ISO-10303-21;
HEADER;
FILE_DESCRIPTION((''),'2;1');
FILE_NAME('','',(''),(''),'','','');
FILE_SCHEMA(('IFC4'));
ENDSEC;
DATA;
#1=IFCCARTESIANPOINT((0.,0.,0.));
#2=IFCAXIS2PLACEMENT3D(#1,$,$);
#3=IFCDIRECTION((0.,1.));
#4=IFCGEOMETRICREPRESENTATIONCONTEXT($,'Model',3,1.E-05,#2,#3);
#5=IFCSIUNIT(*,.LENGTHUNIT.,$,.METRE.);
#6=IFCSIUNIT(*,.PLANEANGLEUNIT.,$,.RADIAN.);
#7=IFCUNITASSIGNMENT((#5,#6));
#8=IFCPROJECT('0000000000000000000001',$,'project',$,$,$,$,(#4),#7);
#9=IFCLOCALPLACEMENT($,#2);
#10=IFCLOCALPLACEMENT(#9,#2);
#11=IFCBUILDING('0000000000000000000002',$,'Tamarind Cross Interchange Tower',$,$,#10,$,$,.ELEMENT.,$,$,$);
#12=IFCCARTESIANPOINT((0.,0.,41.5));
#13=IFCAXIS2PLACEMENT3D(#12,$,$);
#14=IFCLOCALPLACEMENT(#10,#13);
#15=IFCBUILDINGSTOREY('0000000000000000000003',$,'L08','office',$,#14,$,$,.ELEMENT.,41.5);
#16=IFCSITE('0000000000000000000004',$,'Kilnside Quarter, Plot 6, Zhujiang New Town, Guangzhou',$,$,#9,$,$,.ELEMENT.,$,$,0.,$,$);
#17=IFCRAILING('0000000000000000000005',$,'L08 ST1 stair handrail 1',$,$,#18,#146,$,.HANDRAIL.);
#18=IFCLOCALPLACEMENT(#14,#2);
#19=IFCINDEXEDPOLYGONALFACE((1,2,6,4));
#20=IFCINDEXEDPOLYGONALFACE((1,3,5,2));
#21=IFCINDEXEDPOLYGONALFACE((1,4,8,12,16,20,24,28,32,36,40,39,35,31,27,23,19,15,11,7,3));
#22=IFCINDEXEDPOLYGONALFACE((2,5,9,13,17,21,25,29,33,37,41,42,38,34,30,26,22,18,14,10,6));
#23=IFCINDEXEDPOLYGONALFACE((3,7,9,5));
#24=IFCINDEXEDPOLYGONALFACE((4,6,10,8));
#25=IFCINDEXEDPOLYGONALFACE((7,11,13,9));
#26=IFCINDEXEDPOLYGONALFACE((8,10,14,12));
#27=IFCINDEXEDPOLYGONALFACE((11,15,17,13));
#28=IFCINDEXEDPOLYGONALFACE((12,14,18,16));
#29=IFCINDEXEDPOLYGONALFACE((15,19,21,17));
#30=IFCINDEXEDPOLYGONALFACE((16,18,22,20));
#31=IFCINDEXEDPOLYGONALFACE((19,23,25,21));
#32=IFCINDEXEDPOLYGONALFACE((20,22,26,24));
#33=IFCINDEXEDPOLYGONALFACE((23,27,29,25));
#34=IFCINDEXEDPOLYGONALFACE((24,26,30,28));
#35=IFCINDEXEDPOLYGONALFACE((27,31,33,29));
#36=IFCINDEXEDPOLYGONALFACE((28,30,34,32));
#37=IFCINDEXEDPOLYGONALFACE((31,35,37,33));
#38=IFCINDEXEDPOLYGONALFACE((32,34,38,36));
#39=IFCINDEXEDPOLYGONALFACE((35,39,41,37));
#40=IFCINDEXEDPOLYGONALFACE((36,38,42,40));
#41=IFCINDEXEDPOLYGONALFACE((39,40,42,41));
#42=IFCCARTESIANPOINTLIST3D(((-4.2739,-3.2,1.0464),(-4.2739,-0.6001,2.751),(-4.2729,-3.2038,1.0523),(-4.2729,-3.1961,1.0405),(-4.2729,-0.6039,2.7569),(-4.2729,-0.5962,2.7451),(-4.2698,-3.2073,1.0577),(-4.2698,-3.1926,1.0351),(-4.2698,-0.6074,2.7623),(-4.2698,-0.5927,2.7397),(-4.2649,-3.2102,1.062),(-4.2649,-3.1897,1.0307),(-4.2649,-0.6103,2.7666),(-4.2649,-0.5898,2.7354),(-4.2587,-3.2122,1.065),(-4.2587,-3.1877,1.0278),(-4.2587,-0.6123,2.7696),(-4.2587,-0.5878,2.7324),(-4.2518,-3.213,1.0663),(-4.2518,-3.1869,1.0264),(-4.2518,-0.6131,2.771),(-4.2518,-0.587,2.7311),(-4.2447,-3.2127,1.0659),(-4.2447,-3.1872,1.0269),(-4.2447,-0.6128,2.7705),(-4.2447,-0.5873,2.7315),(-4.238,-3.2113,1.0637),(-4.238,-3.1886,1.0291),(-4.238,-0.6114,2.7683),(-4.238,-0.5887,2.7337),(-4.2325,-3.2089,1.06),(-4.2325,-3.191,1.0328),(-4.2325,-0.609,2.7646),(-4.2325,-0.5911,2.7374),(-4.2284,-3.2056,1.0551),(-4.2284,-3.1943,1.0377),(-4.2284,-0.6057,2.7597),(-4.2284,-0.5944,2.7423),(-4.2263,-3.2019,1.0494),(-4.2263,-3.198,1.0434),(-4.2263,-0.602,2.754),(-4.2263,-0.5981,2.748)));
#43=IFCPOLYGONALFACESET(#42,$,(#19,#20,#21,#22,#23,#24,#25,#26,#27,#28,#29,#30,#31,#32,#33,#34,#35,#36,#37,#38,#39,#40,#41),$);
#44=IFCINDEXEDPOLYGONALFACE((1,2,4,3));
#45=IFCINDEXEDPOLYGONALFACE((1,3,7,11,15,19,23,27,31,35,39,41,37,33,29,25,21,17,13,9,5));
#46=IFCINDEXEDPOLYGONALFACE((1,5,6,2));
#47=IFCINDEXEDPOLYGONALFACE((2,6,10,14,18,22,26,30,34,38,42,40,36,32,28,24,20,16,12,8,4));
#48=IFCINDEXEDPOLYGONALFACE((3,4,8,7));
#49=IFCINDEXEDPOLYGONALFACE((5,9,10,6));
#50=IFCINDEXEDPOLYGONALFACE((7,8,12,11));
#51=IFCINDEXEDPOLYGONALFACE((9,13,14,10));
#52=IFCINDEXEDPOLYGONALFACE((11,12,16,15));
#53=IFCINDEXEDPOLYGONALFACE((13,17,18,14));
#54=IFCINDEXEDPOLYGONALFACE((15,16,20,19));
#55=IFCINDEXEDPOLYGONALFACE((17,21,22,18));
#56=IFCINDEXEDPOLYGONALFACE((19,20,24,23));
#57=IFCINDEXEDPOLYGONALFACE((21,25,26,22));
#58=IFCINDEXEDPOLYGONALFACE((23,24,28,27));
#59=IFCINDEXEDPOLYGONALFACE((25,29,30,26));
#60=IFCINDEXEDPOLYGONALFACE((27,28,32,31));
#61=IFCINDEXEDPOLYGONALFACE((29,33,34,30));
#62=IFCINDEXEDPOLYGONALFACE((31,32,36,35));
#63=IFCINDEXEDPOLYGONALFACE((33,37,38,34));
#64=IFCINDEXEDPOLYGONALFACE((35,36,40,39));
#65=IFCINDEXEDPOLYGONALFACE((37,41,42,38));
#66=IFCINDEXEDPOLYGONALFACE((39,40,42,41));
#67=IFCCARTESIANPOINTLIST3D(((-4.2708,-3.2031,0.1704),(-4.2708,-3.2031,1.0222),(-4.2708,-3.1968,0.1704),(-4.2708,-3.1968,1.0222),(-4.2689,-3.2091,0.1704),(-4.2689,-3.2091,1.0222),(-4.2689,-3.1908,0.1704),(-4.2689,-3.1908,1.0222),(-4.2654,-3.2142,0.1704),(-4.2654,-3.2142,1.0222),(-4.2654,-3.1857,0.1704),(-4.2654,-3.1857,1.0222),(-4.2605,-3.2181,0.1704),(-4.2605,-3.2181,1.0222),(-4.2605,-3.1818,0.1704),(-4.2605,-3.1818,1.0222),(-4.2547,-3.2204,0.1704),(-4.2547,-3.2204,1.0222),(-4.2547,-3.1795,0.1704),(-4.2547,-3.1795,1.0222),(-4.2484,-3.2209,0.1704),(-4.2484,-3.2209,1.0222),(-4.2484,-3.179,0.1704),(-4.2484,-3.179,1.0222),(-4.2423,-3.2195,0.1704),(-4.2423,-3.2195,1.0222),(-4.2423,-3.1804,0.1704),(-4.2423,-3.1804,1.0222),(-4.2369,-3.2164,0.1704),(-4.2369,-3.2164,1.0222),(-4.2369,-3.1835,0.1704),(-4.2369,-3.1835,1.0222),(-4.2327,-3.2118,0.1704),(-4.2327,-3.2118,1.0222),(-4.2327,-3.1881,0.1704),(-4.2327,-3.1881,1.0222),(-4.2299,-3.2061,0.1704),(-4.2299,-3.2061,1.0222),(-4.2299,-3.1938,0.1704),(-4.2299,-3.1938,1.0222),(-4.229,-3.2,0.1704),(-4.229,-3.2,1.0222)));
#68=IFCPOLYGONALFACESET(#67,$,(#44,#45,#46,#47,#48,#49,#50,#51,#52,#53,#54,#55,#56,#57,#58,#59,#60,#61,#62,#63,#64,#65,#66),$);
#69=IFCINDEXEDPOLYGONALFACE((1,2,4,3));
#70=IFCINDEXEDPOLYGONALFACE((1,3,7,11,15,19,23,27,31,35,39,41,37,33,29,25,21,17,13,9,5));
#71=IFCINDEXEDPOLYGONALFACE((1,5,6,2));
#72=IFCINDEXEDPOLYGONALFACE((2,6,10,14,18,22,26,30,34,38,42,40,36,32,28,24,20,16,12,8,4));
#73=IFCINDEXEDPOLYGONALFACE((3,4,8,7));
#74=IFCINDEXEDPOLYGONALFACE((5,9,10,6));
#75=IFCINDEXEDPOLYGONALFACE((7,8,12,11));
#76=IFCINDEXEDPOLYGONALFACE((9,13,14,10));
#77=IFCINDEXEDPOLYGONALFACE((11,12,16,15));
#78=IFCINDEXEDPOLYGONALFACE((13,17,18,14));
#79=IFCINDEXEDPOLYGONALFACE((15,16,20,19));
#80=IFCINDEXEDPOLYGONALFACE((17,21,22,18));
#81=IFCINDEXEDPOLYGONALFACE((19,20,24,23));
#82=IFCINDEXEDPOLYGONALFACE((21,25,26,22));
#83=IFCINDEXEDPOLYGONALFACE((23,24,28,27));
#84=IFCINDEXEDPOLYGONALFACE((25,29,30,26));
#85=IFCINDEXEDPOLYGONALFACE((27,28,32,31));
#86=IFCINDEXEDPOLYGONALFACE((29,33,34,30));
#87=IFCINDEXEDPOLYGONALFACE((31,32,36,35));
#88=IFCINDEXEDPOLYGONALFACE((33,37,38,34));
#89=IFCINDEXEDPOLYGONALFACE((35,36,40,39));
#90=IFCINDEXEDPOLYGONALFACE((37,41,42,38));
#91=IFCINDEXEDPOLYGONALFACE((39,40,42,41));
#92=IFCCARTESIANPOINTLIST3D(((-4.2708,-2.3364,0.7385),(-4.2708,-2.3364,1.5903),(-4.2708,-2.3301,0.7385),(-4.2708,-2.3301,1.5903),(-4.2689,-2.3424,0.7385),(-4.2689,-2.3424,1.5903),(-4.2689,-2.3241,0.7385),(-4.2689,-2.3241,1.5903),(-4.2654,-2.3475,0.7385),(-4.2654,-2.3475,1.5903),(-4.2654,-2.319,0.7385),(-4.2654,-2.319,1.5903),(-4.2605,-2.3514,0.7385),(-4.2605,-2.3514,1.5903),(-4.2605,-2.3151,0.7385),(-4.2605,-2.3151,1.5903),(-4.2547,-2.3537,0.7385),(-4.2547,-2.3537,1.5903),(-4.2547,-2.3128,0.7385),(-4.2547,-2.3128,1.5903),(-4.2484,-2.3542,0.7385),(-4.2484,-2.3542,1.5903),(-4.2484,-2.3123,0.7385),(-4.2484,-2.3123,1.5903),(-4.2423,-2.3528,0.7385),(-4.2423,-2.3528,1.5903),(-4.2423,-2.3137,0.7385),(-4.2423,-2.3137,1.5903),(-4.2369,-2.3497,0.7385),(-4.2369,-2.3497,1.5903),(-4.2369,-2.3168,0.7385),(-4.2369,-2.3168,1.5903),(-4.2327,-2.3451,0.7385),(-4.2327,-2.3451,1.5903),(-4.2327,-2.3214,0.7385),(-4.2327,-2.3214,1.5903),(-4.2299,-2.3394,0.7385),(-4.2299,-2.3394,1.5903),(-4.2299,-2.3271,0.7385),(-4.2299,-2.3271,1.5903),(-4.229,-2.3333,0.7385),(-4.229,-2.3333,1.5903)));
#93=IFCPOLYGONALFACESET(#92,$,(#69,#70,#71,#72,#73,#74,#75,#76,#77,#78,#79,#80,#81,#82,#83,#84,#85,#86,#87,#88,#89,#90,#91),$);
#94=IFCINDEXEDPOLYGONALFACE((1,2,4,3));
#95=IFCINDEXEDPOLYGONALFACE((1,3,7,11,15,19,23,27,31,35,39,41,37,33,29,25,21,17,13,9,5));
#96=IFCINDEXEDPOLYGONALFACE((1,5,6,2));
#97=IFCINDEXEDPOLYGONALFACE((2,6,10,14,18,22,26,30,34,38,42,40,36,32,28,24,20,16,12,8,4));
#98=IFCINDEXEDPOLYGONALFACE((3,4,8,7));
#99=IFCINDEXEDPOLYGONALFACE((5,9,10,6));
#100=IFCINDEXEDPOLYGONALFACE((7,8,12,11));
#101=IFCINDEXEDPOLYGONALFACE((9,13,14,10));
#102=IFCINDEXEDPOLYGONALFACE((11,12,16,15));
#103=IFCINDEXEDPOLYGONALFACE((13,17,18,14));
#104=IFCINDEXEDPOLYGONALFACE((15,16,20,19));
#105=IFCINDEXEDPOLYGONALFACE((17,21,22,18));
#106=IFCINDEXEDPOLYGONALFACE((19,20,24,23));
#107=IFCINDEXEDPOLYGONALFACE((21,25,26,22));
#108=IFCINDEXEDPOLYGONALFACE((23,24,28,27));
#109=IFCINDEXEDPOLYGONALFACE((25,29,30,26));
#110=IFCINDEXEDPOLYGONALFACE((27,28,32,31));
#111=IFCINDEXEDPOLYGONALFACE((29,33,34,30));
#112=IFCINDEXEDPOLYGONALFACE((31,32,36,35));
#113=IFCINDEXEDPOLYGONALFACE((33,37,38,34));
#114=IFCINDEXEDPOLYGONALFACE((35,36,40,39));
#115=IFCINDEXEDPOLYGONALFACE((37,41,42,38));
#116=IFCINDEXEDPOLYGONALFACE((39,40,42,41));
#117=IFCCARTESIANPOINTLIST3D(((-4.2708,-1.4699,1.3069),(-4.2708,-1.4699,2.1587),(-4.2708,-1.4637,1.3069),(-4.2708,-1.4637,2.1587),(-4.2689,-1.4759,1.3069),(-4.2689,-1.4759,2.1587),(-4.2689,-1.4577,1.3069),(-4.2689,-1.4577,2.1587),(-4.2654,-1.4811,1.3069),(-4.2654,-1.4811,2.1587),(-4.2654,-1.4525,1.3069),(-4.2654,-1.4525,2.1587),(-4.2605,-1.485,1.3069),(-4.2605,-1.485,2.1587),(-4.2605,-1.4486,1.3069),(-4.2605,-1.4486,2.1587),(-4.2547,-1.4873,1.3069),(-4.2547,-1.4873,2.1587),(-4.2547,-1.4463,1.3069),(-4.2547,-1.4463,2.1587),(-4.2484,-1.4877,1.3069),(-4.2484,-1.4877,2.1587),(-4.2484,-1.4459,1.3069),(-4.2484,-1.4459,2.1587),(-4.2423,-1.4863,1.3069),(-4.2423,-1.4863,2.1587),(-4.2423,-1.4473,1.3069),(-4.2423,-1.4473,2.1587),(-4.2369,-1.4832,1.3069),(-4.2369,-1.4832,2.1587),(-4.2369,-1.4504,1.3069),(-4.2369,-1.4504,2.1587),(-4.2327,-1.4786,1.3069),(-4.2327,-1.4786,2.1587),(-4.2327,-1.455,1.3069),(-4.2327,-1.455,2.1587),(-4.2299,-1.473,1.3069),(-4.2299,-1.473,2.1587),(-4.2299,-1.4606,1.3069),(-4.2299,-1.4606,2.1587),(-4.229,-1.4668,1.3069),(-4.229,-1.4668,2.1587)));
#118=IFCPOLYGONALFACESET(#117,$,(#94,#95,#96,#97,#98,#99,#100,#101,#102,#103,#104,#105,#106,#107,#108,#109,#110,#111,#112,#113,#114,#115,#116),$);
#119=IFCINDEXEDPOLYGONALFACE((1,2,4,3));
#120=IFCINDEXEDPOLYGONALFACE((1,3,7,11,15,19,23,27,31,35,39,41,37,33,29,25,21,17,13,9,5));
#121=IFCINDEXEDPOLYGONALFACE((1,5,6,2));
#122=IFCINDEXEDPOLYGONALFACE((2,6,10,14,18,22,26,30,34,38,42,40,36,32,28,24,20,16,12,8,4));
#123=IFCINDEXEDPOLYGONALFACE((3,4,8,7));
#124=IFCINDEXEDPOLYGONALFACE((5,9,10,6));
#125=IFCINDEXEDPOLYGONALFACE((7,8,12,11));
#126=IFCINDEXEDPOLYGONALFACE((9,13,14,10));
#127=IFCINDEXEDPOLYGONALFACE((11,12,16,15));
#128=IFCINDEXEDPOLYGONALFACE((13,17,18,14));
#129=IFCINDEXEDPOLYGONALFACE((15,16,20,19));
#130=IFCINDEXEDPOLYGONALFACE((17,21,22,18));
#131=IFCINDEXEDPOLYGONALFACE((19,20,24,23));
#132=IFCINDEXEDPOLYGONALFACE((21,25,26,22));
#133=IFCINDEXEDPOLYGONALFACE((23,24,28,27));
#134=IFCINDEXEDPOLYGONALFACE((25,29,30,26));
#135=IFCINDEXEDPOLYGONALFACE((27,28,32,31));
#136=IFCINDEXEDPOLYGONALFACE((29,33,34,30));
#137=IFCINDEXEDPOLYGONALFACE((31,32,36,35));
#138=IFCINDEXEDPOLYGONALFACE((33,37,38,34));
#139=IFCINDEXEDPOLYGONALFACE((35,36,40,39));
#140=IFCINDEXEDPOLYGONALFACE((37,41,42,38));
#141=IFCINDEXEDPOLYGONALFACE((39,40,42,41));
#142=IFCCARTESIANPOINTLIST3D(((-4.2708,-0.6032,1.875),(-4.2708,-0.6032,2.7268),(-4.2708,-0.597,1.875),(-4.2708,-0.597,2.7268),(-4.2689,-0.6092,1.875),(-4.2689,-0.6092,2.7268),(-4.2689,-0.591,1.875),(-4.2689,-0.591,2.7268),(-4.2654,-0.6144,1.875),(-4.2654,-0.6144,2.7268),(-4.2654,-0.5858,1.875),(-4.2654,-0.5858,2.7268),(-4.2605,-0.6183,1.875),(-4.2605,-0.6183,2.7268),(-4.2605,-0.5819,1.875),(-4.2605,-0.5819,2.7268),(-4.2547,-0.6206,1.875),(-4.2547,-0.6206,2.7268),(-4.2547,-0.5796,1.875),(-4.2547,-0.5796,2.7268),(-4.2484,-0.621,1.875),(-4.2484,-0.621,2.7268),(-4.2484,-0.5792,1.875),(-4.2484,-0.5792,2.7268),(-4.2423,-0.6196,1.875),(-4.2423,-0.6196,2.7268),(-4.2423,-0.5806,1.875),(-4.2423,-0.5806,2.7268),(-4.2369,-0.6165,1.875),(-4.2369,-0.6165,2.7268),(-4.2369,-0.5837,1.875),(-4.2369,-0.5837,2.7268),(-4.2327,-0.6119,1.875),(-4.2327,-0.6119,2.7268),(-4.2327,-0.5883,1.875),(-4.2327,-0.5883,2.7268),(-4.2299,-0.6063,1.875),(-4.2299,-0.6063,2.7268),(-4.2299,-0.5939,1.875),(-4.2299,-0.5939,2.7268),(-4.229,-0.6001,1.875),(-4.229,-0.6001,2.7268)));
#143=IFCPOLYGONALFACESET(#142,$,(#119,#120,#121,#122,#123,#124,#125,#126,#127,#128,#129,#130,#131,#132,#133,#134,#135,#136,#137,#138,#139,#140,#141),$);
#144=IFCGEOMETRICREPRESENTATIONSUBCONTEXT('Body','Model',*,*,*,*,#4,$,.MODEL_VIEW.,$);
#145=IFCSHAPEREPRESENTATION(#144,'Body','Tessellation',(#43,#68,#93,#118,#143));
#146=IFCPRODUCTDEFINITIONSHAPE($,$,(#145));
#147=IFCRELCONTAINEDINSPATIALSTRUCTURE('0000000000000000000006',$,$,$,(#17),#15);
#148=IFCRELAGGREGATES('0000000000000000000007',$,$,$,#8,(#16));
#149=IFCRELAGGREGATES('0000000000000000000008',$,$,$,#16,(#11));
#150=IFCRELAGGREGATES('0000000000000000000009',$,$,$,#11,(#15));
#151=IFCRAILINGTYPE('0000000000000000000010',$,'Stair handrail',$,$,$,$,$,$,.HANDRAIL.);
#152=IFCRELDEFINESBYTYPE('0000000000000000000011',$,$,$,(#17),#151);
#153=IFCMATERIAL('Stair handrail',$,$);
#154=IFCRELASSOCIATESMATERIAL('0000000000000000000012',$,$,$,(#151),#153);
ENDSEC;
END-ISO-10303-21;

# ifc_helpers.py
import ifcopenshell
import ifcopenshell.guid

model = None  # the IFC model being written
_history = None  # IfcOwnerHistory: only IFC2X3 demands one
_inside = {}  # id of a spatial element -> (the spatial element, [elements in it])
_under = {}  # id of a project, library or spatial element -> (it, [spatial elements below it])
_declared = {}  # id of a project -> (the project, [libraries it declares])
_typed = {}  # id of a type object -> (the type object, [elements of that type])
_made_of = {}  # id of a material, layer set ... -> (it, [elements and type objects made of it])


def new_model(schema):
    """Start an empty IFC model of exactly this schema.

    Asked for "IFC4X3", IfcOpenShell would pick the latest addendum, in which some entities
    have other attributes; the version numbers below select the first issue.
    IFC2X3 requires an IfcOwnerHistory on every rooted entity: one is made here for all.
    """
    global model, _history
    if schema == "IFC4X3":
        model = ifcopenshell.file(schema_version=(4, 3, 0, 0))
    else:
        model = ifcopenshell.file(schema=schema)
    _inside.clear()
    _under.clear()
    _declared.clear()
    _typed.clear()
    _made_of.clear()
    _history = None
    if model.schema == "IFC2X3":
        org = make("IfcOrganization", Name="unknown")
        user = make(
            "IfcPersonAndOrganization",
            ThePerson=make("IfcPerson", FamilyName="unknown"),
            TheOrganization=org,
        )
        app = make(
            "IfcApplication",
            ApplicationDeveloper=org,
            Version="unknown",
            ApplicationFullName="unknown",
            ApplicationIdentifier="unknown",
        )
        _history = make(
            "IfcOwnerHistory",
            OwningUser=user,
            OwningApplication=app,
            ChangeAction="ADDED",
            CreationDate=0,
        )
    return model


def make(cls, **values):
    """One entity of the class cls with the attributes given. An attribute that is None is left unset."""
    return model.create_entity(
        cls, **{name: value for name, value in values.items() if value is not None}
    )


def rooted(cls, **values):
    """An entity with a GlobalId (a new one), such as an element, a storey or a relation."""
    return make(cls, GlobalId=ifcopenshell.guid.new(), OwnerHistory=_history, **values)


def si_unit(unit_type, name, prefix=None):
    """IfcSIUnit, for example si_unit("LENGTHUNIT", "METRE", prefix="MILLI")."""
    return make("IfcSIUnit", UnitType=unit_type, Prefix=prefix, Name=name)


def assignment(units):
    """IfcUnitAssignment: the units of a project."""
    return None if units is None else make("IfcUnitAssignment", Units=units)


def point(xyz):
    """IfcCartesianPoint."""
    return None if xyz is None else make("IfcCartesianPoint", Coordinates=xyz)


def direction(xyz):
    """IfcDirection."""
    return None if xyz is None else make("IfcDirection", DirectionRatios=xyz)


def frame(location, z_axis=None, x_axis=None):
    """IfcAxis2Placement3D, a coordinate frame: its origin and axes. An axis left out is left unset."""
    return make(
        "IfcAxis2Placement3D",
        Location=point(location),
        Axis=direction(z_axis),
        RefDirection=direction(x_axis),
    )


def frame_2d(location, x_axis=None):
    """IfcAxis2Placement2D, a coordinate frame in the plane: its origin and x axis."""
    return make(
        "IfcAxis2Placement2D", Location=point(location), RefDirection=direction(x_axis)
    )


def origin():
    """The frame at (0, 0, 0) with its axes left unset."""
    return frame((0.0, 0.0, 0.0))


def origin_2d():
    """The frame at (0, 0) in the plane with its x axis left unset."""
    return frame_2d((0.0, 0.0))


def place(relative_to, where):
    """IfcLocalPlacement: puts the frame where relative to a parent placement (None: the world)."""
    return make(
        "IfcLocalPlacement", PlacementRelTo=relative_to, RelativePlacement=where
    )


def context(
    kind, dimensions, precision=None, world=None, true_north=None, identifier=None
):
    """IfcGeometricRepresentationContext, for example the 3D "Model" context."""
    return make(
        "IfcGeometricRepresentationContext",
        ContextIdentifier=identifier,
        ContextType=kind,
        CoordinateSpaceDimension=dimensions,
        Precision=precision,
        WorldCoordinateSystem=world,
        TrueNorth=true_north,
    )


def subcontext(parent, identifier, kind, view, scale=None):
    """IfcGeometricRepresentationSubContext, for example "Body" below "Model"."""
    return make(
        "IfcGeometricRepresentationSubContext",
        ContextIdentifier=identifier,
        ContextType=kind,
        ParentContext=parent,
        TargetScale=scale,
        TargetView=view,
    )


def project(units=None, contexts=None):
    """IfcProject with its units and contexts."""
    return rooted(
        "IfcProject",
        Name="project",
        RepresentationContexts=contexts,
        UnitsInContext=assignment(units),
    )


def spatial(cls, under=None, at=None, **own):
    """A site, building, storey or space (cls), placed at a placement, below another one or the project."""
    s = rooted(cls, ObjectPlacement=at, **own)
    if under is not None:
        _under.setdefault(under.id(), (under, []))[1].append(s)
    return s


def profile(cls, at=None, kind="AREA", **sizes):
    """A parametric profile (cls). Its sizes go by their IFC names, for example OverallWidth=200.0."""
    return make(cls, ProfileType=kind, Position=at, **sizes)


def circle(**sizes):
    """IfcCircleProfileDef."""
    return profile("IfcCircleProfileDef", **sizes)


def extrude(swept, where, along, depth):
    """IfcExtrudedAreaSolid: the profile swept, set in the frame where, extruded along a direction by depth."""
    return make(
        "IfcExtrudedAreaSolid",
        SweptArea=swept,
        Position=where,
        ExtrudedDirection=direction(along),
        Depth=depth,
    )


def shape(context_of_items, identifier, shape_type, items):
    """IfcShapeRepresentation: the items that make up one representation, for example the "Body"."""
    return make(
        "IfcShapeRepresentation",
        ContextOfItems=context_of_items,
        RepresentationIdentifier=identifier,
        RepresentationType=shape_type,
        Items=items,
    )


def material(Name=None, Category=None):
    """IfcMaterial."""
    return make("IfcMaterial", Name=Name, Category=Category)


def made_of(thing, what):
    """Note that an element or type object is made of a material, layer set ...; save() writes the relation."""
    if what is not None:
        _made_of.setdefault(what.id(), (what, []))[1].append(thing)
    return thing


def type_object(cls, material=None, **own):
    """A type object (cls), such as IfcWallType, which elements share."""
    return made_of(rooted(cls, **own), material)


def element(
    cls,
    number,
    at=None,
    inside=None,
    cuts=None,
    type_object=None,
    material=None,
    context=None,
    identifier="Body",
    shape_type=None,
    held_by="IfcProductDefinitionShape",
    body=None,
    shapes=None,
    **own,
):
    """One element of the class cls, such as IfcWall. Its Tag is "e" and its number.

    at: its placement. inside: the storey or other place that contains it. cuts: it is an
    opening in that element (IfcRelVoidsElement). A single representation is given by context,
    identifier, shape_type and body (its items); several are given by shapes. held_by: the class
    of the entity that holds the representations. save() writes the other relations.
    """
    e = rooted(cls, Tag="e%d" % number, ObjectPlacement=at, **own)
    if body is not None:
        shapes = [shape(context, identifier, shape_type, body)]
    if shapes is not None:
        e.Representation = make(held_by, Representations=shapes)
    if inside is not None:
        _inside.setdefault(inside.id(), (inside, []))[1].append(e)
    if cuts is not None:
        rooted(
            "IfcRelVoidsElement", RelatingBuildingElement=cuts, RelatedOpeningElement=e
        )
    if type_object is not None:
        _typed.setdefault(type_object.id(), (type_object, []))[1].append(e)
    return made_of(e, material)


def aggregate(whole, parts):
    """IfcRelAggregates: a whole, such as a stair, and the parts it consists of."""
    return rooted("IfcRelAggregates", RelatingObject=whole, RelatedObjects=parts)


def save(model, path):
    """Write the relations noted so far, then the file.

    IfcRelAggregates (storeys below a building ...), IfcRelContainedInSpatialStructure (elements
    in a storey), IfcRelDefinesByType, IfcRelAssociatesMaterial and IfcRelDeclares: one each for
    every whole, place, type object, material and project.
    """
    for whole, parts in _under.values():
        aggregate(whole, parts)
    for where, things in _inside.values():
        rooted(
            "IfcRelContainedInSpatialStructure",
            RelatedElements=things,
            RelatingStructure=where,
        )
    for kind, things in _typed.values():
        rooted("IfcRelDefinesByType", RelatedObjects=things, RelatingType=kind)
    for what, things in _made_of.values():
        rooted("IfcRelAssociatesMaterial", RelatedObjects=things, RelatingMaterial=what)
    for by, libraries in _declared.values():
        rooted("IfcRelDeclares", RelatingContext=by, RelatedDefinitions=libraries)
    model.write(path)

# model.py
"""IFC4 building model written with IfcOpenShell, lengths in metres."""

from ifc_helpers import new_model, si_unit, direction, frame, origin, origin_2d, place, context, subcontext, project, spatial, circle, extrude, material, type_object, element, save


model = new_model("IFC4")

# Units and contexts
model_context = context("Model", 3, precision=1e-05, world=origin(), true_north=direction((0.0, 1.0)))
body_context = subcontext(model_context, "Body", "Model", "MODEL_VIEW")
ifc_project = project(units=[si_unit("LENGTHUNIT", "METRE"), si_unit("PLANEANGLEUNIT", "RADIAN")], contexts=[model_context])

# Site, building, storey
site_placement = place(None, origin())
site = spatial("IfcSite", under=ifc_project, at=site_placement, Name="Kilnside Quarter, Plot 6, Zhujiang New Town, Guangzhou", CompositionType="ELEMENT", RefElevation=0.0)
building_placement = place(site_placement, origin())
building = spatial("IfcBuilding", under=site, at=building_placement, Name="Tamarind Cross Interchange Tower", CompositionType="ELEMENT")
storey_placement = place(building_placement, frame((0.0, 0.0, 41.5)))
storey = spatial("IfcBuildingStorey", under=building, at=storey_placement, Name="L08", Description="office", CompositionType="ELEMENT", Elevation=41.5)

# Railing
ifc_material_1 = material(Name="Stair handrail")
railing_type_1 = type_object("IfcRailingType", Name="Stair handrail", PredefinedType="HANDRAIL", material=ifc_material_1)
railing_1_placement = place(storey_placement, frame((-4.25, -3.2, 0.1704)))
element("IfcRailing", 1, at=railing_1_placement, inside=storey, type_object=railing_type_1, Name="L08 ST1 stair handrail 1", PredefinedType="HANDRAIL", context=body_context, shape_type="SweptSolid", body=[
    extrude(circle(Radius=0.0239, at=origin_2d()), frame((0.0, 0.0, 0.876), z_axis=(0.0, 0.836279, 0.548305), x_axis=(-1.0, 0.0, 0.0)), (0.0, 0.0, 1.0), 3.1089),
    extrude(circle(Radius=0.021, at=origin_2d()), origin(), (0.0, 0.0, 1.0), 0.8518),
    extrude(circle(Radius=0.021, at=origin_2d()), frame((0.0, 0.8667, 0.5681)), (0.0, 0.0, 1.0), 0.8518),
    extrude(circle(Radius=0.021, at=origin_2d()), frame((0.0, 1.7332, 1.1365)), (0.0, 0.0, 1.0), 0.8518),
    extrude(circle(Radius=0.021, at=origin_2d()), frame((0.0, 2.5999, 1.7046)), (0.0, 0.0, 1.0), 0.8518),
])

save(model, "model.ifc")
